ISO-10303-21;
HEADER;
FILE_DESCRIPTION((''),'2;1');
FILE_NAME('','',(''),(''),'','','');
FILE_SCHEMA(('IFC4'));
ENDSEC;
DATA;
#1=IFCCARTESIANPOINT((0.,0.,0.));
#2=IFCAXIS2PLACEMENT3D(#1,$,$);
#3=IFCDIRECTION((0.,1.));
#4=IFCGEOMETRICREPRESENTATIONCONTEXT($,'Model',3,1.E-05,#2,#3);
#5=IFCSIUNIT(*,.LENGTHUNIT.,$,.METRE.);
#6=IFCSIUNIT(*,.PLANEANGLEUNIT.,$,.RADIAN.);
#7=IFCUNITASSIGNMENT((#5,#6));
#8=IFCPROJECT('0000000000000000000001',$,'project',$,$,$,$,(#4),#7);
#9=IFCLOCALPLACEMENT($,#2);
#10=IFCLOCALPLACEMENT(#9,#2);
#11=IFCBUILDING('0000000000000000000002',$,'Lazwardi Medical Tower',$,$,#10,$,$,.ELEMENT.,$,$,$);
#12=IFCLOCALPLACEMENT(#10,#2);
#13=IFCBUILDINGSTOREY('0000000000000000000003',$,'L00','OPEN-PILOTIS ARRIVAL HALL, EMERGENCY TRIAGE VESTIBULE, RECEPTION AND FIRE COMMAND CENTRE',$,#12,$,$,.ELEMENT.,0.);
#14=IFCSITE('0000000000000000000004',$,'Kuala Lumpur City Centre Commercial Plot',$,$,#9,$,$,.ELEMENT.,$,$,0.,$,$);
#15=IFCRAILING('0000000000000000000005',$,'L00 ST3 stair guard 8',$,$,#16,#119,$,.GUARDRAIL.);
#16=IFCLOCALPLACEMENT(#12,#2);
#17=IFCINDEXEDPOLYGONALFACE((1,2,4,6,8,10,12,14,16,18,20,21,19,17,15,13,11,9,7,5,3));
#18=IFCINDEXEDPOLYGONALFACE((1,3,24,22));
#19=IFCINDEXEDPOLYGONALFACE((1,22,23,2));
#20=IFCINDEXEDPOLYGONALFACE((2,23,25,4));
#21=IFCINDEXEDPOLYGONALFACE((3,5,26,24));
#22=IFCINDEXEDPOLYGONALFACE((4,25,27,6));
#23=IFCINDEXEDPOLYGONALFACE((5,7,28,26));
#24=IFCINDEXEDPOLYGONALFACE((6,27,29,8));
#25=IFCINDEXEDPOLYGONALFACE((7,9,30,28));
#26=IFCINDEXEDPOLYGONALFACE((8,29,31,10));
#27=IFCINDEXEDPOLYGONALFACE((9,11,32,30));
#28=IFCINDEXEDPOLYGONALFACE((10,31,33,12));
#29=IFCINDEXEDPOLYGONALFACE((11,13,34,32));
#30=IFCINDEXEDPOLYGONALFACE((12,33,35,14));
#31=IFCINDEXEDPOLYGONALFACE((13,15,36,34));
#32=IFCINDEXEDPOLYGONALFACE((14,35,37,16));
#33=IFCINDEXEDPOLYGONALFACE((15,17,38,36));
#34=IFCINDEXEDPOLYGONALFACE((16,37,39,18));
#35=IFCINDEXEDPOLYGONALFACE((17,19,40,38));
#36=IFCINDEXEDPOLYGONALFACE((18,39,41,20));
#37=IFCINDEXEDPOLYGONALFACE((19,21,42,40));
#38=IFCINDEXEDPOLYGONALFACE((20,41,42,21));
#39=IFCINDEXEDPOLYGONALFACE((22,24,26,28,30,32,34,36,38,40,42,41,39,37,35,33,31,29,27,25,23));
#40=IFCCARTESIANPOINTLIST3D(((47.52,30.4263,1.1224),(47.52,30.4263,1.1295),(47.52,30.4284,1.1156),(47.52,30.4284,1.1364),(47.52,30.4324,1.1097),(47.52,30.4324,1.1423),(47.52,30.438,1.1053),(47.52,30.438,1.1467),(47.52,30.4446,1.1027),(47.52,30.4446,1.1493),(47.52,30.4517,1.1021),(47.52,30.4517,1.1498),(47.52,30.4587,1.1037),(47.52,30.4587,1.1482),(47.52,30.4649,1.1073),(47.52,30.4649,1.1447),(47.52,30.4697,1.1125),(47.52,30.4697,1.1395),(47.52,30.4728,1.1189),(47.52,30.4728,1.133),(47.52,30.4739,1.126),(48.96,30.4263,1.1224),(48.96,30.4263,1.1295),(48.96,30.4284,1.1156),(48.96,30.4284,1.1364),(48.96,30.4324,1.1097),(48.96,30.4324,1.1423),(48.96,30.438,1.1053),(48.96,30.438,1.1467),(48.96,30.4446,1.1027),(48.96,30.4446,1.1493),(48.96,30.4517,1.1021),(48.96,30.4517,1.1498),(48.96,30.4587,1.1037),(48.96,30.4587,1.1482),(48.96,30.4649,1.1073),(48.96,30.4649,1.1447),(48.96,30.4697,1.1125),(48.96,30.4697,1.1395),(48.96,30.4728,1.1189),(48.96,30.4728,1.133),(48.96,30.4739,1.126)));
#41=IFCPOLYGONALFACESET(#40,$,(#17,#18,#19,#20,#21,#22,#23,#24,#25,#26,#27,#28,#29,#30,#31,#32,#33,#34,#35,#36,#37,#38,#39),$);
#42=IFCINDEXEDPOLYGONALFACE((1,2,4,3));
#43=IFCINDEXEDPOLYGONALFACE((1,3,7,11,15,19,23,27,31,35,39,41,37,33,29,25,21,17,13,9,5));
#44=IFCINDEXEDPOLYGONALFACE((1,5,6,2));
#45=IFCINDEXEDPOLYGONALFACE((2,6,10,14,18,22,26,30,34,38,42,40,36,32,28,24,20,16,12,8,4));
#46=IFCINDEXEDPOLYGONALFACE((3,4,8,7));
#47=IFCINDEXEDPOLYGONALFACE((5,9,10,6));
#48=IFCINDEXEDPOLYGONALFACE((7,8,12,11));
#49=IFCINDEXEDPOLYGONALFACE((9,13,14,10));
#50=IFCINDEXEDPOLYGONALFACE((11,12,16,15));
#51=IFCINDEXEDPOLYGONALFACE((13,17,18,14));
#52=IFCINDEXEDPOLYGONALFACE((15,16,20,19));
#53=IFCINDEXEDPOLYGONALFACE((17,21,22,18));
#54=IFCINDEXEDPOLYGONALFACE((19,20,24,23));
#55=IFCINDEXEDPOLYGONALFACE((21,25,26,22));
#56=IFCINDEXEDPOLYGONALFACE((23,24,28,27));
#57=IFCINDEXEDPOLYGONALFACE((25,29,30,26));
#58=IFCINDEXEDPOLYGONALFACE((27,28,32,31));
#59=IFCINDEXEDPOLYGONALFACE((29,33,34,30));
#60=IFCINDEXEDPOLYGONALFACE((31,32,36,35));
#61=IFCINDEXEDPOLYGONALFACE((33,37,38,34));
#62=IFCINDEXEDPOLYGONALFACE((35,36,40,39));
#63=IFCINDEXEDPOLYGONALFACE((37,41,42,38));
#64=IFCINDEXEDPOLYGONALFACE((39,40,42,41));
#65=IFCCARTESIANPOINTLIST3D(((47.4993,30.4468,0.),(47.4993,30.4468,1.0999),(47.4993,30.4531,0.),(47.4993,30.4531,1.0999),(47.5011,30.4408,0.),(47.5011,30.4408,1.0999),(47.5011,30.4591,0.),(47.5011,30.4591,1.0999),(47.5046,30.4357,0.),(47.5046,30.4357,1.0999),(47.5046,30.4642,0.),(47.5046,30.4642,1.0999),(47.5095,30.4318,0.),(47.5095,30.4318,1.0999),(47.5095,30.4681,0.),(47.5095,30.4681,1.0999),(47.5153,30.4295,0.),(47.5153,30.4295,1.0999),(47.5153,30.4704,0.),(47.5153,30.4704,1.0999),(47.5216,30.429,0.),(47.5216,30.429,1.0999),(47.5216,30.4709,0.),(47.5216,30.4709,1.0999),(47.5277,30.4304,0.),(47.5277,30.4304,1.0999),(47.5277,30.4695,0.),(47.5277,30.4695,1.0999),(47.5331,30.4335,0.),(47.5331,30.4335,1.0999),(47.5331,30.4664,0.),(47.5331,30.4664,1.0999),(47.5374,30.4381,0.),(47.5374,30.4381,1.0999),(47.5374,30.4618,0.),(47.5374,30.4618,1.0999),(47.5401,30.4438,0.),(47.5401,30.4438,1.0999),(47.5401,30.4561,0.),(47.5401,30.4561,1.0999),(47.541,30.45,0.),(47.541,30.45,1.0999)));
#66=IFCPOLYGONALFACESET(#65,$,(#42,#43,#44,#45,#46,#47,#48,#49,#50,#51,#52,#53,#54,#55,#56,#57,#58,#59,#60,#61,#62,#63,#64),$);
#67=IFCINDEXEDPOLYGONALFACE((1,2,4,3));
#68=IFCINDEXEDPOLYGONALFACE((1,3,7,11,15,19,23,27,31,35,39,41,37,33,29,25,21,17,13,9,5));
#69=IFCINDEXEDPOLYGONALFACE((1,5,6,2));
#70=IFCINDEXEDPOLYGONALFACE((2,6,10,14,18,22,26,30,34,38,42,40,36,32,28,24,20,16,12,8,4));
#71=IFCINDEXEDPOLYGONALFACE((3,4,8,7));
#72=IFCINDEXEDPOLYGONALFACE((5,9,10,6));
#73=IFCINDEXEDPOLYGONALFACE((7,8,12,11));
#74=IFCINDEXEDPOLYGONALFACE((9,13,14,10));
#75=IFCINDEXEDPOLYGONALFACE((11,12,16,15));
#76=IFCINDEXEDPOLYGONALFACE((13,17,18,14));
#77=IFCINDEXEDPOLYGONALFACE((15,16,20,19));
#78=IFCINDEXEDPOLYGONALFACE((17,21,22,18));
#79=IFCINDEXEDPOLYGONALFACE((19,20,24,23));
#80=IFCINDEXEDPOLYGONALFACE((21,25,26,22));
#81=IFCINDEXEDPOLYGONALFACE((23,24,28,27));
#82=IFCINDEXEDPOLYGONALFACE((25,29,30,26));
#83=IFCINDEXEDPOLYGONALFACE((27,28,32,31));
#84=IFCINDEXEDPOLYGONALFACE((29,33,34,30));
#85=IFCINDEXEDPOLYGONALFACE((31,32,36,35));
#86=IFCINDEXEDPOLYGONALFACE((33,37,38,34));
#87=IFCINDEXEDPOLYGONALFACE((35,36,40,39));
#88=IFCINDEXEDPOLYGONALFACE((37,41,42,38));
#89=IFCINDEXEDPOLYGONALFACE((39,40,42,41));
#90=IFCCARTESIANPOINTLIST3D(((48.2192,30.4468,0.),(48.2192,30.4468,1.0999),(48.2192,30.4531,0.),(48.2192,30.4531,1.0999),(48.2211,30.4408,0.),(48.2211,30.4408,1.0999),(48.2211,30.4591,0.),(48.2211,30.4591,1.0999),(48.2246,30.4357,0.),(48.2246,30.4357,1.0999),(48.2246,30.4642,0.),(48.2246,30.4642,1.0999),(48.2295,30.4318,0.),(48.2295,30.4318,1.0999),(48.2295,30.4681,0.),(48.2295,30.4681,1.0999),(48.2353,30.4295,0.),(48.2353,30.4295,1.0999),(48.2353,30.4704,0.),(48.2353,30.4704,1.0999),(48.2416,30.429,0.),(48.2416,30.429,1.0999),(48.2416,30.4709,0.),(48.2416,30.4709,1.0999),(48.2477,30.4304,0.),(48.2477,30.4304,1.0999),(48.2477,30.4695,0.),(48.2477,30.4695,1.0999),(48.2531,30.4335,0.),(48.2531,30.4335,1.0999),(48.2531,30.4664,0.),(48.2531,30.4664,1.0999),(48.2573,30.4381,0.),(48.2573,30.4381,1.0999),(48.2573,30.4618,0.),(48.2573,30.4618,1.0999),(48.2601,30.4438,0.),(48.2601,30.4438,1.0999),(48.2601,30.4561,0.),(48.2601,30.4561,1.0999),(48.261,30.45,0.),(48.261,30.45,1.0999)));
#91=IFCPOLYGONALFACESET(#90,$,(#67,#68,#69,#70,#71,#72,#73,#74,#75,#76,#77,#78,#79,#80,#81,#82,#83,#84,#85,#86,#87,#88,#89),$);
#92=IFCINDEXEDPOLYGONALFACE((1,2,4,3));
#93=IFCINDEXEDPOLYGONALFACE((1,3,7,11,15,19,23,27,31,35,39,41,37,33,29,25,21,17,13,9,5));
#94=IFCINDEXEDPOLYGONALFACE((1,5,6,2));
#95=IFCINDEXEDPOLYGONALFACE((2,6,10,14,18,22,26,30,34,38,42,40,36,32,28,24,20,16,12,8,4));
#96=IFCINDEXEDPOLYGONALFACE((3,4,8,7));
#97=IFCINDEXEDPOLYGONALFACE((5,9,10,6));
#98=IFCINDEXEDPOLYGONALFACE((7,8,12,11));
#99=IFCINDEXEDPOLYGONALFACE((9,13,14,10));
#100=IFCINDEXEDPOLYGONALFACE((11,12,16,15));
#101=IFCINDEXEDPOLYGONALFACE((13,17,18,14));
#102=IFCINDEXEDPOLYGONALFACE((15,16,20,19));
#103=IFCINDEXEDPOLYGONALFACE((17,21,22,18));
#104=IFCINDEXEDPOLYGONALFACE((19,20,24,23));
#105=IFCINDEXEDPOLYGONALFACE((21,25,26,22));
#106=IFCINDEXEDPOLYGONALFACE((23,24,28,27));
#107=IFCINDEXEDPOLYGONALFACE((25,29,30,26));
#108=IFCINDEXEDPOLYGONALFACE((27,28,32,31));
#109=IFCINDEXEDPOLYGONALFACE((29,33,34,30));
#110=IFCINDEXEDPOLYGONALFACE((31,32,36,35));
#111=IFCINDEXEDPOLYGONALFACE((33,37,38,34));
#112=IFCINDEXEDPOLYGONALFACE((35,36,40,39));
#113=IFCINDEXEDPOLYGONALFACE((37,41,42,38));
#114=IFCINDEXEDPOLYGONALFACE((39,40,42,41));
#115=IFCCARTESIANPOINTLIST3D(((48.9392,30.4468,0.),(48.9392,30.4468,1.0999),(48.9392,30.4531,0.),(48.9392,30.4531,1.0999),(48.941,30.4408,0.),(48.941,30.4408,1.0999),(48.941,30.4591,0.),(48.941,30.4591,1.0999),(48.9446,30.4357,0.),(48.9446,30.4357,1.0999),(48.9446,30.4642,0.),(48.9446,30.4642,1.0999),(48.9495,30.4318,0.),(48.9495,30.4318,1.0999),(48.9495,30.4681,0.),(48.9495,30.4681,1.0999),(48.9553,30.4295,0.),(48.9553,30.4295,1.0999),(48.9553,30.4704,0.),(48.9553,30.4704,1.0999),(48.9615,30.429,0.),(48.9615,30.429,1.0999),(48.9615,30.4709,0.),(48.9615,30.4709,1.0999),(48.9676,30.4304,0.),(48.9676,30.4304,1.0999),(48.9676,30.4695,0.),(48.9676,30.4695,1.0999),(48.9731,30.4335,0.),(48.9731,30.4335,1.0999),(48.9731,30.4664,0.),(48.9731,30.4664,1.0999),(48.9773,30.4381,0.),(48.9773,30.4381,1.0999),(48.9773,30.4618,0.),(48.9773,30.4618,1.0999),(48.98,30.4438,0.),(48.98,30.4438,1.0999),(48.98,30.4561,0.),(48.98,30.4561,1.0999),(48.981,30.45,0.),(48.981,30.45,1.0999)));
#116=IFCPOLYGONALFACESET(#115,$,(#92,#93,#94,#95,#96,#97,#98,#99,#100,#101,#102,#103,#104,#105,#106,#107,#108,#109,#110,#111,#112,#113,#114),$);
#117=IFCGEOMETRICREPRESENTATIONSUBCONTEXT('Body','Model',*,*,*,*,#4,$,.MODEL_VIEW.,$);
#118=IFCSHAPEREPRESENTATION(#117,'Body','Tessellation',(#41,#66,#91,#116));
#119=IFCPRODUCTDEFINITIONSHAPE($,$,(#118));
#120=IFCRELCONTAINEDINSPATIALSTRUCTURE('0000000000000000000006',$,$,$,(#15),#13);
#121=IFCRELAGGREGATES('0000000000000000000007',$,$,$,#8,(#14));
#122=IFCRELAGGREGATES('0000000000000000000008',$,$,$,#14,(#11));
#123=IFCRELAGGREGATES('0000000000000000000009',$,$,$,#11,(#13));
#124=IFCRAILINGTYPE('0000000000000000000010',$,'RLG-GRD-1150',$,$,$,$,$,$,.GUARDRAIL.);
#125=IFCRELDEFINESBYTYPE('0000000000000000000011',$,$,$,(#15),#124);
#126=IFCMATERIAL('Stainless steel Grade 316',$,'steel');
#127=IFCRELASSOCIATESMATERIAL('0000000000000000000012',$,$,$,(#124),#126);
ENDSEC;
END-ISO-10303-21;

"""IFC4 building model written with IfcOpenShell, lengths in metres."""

from ifc_helpers import new_model, si_unit, direction, frame, origin, origin_2d, place, context, subcontext, project, spatial, circle, extrude, material, type_object, element, save


model = new_model("IFC4")

# Units and contexts
model_context = context("Model", 3, precision=1e-05, world=origin(), true_north=direction((0.0, 1.0)))
body_context = subcontext(model_context, "Body", "Model", "MODEL_VIEW")
ifc_project = project(units=[si_unit("LENGTHUNIT", "METRE"), si_unit("PLANEANGLEUNIT", "RADIAN")], contexts=[model_context])

# Site, building, storey
site_placement = place(None, origin())
site = spatial("IfcSite", under=ifc_project, at=site_placement, Name="Kuala Lumpur City Centre Commercial Plot", CompositionType="ELEMENT", RefElevation=0.0)
building_placement = place(site_placement, origin())
building = spatial("IfcBuilding", under=site, at=building_placement, Name="Lazwardi Medical Tower", CompositionType="ELEMENT")
storey_placement = place(building_placement, origin())
storey = spatial("IfcBuildingStorey", under=building, at=storey_placement, Name="L00", Description="OPEN-PILOTIS ARRIVAL HALL, EMERGENCY TRIAGE VESTIBULE, RECEPTION AND FIRE COMMAND CENTRE", CompositionType="ELEMENT", Elevation=0.0)

# Railing
ifc_material_1 = material(Name="Stainless steel Grade 316", Category="steel")
railing_type_1 = type_object("IfcRailingType", Name="RLG-GRD-1150", PredefinedType="GUARDRAIL", material=ifc_material_1)
railing_1_placement = place(storey_placement, frame((47.52, 30.45, 0.0)))
element("IfcRailing", 1, at=railing_1_placement, inside=storey, type_object=railing_type_1, Name="L00 ST3 stair guard 8", PredefinedType="GUARDRAIL", context=body_context, shape_type="SweptSolid", body=[
    extrude(circle(Radius=0.0239, at=origin_2d()), frame((0.0, 0.0, 1.126), z_axis=(1.0, 0.0, 0.0), x_axis=(0.0, 1.0, 0.0)), (0.0, 0.0, 1.0), 1.4399),
    extrude(circle(Radius=0.021, at=origin_2d()), origin(), (0.0, 0.0, 1.0), 1.0999),
    extrude(circle(Radius=0.021, at=origin_2d()), frame((0.72, 0.0, 0.0)), (0.0, 0.0, 1.0), 1.0999),
    extrude(circle(Radius=0.021, at=origin_2d()), frame((1.4399, 0.0, 0.0)), (0.0, 0.0, 1.0), 1.0999),
])

save(model, "model.ifc")
